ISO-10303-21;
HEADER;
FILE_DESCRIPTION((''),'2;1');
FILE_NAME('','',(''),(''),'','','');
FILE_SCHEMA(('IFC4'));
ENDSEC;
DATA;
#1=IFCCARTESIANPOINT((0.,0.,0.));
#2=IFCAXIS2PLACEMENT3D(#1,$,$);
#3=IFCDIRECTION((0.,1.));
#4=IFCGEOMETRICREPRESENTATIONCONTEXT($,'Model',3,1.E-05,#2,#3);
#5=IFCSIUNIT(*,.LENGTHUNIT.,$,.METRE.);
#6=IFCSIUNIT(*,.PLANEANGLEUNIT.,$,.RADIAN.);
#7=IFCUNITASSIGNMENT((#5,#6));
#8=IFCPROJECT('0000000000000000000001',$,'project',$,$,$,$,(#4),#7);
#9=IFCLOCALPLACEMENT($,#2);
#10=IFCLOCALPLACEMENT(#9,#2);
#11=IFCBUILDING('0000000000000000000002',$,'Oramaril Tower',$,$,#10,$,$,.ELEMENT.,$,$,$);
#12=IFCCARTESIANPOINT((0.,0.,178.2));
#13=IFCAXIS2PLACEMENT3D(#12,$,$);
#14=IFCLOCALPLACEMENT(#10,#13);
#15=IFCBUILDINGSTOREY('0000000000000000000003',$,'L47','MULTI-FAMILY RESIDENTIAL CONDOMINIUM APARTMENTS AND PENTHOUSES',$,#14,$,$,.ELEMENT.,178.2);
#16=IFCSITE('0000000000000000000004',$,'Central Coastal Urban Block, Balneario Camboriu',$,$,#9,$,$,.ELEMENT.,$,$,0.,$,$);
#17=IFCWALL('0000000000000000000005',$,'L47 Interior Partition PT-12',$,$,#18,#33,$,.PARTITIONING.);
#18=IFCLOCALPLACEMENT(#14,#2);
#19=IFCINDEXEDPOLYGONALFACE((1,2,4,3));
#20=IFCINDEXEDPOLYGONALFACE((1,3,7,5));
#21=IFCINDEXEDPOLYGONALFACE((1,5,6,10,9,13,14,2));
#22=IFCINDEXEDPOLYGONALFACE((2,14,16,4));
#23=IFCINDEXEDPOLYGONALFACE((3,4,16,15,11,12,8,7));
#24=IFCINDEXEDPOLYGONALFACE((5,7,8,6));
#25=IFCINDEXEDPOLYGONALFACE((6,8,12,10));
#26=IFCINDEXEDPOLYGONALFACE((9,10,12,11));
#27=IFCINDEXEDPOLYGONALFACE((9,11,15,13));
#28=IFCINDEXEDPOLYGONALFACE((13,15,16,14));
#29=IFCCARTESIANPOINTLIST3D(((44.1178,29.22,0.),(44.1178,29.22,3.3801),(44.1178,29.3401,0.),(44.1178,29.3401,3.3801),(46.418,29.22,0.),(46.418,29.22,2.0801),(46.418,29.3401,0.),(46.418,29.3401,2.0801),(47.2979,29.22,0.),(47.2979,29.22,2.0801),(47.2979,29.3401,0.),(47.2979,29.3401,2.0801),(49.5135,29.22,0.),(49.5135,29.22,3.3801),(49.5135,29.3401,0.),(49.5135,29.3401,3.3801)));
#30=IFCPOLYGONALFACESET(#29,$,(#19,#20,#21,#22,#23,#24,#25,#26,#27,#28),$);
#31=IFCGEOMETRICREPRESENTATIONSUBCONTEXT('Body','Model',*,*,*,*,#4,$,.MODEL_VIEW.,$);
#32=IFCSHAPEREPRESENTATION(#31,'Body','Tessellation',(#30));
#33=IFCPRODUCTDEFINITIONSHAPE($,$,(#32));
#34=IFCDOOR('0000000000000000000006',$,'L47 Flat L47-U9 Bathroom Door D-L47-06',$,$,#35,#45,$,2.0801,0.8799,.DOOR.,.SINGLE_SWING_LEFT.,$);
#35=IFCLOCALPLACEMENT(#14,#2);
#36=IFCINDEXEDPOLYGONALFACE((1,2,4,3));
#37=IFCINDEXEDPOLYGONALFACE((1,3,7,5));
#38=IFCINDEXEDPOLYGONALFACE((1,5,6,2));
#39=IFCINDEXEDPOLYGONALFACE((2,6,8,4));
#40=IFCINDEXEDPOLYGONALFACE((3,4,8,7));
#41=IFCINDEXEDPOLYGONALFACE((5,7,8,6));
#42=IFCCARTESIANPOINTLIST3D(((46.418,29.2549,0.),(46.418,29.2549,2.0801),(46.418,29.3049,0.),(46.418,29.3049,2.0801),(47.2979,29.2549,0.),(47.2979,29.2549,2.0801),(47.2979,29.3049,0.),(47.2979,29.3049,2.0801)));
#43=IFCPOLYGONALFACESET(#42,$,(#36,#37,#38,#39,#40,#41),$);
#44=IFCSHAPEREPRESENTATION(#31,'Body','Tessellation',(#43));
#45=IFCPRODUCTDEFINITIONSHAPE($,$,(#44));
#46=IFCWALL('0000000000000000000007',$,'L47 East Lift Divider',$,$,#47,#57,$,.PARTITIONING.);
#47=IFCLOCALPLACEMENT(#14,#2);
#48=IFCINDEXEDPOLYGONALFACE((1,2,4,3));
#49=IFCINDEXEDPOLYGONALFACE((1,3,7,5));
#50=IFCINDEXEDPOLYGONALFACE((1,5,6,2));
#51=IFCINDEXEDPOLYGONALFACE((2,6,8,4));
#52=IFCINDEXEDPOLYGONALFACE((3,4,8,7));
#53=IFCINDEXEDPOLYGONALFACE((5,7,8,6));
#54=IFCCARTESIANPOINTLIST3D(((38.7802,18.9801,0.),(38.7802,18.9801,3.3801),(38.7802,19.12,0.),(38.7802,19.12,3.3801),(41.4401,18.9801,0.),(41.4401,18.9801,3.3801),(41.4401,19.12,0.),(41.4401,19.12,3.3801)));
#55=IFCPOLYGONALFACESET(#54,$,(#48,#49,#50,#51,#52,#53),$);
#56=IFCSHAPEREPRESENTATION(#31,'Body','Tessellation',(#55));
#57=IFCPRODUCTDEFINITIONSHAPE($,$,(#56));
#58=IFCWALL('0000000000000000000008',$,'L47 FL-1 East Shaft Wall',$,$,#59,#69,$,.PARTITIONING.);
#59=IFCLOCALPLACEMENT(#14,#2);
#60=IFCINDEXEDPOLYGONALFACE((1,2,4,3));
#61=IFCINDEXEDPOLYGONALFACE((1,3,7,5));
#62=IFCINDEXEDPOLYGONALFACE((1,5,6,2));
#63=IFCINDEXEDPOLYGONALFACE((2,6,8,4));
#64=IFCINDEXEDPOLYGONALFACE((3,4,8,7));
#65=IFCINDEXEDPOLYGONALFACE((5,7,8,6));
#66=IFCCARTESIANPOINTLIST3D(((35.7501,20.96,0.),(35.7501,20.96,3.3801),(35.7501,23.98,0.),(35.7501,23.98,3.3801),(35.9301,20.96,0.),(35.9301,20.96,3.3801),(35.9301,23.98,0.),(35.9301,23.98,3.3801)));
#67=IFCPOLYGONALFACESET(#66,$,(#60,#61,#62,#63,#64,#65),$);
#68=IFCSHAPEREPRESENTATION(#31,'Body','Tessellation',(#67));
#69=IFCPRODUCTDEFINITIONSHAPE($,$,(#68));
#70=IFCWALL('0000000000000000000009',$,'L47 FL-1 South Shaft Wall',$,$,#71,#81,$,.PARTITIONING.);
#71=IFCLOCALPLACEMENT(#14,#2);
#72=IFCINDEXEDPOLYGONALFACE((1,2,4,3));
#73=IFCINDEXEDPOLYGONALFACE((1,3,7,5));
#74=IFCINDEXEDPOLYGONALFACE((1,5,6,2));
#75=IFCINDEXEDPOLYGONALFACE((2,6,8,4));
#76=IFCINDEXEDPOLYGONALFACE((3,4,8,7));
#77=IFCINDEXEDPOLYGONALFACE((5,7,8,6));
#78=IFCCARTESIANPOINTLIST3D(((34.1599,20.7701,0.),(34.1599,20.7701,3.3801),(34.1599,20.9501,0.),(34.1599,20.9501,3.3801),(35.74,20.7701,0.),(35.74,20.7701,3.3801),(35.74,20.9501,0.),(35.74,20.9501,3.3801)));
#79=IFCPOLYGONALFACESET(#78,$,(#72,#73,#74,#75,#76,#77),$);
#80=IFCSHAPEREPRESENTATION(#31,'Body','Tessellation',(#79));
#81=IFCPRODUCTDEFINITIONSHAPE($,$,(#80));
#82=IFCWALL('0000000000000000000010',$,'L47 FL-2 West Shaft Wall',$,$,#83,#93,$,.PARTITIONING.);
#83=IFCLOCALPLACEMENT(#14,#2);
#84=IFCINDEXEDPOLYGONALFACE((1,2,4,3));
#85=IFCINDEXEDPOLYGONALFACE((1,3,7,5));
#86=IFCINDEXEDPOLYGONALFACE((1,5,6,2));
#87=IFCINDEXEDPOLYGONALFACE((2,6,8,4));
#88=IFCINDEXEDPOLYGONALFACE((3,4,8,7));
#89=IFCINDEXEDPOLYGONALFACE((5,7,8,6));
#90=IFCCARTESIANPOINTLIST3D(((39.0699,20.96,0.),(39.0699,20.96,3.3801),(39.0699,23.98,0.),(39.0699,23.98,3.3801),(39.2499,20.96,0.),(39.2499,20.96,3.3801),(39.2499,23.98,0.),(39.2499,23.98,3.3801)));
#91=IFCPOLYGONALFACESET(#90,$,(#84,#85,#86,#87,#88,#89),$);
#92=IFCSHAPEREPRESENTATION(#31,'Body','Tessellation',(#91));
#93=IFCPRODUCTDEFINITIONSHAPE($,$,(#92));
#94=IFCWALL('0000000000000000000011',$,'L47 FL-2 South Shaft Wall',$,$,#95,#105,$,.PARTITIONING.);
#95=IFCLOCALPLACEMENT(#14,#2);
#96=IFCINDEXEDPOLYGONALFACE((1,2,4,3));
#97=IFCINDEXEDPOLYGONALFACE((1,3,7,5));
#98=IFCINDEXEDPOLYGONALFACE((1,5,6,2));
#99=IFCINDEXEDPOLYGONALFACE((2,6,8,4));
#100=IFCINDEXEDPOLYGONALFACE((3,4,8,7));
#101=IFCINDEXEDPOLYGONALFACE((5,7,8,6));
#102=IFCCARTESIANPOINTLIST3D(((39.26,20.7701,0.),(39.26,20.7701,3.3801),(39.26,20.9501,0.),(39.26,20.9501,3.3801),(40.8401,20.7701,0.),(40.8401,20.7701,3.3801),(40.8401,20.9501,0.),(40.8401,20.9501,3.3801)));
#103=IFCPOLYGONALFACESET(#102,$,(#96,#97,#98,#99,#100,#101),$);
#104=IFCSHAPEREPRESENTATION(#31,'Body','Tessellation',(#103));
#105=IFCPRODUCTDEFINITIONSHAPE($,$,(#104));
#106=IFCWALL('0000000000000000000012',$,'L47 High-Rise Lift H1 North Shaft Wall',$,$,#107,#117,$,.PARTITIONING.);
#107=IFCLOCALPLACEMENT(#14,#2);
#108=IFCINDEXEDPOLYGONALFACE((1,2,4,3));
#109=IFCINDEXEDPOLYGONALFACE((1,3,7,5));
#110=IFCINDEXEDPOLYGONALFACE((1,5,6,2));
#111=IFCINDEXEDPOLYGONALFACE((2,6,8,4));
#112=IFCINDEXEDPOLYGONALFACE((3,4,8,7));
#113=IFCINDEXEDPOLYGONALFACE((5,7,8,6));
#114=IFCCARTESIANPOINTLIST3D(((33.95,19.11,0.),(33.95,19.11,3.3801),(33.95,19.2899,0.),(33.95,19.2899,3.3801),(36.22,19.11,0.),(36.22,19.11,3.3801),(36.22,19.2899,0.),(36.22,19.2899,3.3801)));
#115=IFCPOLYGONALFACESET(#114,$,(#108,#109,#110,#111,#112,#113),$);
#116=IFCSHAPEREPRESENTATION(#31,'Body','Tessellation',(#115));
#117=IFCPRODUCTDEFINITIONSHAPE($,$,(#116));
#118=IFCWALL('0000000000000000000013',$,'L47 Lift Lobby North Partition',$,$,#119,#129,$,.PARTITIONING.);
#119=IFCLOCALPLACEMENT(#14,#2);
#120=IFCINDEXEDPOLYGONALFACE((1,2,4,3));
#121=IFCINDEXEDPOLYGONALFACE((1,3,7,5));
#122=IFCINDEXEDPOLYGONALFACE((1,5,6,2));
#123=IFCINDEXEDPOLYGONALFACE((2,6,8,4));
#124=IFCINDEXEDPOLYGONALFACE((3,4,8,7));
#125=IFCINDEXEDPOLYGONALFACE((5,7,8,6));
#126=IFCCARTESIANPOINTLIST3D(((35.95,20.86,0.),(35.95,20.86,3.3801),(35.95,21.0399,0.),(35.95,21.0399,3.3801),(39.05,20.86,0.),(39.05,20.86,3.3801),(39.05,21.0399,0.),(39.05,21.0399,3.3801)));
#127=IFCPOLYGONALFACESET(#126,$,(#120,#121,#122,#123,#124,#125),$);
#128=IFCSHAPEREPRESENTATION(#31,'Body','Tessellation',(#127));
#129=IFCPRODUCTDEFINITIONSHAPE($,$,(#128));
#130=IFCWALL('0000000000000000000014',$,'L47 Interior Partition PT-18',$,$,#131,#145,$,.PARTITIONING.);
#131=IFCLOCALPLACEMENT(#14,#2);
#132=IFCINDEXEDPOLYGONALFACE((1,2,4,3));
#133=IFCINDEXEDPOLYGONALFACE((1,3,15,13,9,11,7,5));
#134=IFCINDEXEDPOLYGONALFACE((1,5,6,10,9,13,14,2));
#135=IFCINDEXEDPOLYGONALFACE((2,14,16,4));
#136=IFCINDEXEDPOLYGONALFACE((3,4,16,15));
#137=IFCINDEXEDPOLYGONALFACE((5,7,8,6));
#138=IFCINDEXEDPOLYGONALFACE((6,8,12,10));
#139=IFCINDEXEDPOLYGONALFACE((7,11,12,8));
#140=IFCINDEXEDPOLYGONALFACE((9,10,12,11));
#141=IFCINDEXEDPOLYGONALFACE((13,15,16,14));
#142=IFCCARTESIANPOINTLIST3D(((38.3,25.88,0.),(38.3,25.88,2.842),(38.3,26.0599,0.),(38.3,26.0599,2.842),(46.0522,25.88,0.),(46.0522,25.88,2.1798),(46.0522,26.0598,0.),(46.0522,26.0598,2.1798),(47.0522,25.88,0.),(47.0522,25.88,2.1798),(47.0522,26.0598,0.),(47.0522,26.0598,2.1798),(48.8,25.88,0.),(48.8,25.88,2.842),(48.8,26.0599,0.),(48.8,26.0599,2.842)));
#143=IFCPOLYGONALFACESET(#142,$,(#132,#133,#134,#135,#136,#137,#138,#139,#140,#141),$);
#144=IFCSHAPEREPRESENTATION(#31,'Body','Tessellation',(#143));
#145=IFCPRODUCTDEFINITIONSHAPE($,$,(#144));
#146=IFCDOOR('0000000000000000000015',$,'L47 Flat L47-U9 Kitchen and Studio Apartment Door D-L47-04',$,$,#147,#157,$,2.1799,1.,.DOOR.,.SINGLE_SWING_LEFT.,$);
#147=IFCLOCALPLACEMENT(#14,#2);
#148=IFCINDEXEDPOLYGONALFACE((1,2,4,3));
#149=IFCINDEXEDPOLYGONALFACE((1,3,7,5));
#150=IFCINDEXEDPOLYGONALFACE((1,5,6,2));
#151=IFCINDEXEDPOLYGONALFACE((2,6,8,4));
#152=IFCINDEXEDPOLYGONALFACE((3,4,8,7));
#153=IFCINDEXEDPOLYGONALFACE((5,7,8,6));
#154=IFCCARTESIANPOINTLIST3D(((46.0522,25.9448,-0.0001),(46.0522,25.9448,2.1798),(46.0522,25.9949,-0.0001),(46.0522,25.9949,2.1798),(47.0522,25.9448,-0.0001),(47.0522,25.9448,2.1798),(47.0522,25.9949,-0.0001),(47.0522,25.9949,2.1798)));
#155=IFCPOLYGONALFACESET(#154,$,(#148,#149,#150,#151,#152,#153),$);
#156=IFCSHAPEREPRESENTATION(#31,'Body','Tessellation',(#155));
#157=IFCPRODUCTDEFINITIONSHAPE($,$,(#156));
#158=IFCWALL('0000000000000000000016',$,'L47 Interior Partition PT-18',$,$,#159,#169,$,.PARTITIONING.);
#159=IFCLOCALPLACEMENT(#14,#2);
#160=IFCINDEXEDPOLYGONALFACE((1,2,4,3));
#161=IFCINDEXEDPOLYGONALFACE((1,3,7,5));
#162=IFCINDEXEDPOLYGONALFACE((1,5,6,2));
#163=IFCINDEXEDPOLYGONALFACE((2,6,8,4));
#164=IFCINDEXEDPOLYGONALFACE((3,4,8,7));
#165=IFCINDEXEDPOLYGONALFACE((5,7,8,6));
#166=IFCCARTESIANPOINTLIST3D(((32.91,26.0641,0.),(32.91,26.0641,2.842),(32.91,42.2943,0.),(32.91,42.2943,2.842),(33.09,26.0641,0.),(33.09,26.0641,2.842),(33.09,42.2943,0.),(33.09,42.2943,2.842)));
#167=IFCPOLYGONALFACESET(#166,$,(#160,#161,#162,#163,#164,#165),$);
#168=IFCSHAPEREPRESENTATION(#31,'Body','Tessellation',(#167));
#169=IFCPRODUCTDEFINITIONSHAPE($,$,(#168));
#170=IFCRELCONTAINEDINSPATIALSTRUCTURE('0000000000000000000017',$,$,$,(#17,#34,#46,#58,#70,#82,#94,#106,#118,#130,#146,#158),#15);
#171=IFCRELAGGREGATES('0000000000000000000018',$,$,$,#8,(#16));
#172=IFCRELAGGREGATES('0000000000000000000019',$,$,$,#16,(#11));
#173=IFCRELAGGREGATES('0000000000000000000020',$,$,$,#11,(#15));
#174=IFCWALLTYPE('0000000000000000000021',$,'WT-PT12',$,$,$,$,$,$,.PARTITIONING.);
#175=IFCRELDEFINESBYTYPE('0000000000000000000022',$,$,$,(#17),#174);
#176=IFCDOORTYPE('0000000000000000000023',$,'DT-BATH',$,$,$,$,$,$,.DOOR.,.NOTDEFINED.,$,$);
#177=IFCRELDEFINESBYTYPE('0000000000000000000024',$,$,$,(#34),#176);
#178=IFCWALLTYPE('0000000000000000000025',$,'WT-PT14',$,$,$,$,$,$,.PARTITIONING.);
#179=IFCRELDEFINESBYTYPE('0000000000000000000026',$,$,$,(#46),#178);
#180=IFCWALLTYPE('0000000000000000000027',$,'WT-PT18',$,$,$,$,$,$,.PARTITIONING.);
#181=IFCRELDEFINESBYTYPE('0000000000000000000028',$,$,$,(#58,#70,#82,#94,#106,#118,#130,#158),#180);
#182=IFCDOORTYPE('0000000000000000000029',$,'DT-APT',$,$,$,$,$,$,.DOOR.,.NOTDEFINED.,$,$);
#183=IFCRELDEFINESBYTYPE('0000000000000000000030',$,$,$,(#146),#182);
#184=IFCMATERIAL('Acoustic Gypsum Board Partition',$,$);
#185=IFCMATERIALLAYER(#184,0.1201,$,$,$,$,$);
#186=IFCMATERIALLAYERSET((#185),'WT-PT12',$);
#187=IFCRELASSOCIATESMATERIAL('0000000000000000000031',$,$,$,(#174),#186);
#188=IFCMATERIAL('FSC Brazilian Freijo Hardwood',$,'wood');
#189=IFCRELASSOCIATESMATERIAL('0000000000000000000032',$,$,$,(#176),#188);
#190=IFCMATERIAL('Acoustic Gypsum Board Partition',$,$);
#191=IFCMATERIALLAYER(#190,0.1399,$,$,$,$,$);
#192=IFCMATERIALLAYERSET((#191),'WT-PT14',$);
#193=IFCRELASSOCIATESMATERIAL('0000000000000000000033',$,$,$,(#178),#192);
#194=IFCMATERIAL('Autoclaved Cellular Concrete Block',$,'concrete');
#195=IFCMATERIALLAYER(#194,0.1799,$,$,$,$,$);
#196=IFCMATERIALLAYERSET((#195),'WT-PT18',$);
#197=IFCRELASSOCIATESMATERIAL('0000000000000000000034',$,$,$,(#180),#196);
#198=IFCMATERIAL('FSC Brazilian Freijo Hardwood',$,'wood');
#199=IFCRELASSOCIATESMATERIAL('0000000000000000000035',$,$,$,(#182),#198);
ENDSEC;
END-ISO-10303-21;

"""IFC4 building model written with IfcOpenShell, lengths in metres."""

from ifc_helpers import new_model, si_unit, direction, frame, frame_2d, origin, place, context, subcontext, project, spatial, rectangle, extrude, material, layer, layer_set, type_object, element, fill, save


model = new_model("IFC4")

# Units and contexts
model_context = context("Model", 3, precision=1e-05, world=origin(), true_north=direction((0.0, 1.0)))
body_context = subcontext(model_context, "Body", "Model", "MODEL_VIEW")
ifc_project = project(units=[si_unit("LENGTHUNIT", "METRE"), si_unit("PLANEANGLEUNIT", "RADIAN")], contexts=[model_context])

# Site, building, storey
site_placement = place(None, origin())
site = spatial("IfcSite", under=ifc_project, at=site_placement, Name="Central Coastal Urban Block, Balneario Camboriu", CompositionType="ELEMENT", RefElevation=0.0)
building_placement = place(site_placement, origin())
building = spatial("IfcBuilding", under=site, at=building_placement, Name="Oramaril Tower", CompositionType="ELEMENT")
storey_placement = place(building_placement, frame((0.0, 0.0, 178.2)))
storey = spatial("IfcBuildingStorey", under=building, at=storey_placement, Name="L47", Description="MULTI-FAMILY RESIDENTIAL CONDOMINIUM APARTMENTS AND PENTHOUSES", CompositionType="ELEMENT", Elevation=178.2)

# Wall, opening, door
ifc_material_1 = material(Name="Acoustic Gypsum Board Partition")
ifc_layer_1 = layer(ifc_material_1, 0.1201)
ifc_layer_set_1 = layer_set([ifc_layer_1], Name="WT-PT12")
wall_type_1 = type_object("IfcWallType", Name="WT-PT12", PredefinedType="PARTITIONING", material=ifc_layer_set_1)
wall_1_placement = place(storey_placement, frame((44.1179, 29.28, 0.0), z_axis=(0.0, 0.0, 1.0), x_axis=(1.0, 0.0, 0.0)))
wall_1 = element("IfcWall", 1, at=wall_1_placement, inside=storey, type_object=wall_type_1, Name="L47 Interior Partition PT-12", PredefinedType="PARTITIONING", context=body_context, shape_type="SweptSolid", body=[
    extrude(rectangle(XDim=5.3958, YDim=0.1201, at=frame_2d((2.6978, 0.0))), origin(), (0.0, 0.0, 1.0), 3.3801),
])
opening_1_placement = place(wall_1_placement, frame((2.3, 0.0, 0.0)))
opening_1 = element("IfcOpeningElement", 2, at=opening_1_placement, cuts=wall_1, PredefinedType="OPENING", context=body_context, shape_type="SweptSolid", body=[
    extrude(rectangle(XDim=0.8799, YDim=2.0801, at=frame_2d((0.4399, 1.04))), frame((0.0, 0.0601, 0.0), z_axis=(0.0, -1.0, 0.0), x_axis=(1.0, 0.0, 0.0)), (0.0, 0.0, 1.0), 0.1201),
])
ifc_material_2 = material(Name="FSC Brazilian Freijo Hardwood", Category="wood")
door_type_1 = type_object("IfcDoorType", Name="DT-BATH", OperationType="NOTDEFINED", PredefinedType="DOOR", material=ifc_material_2)
door_1_placement = place(opening_1_placement, origin())
door_1 = element("IfcDoor", 3, at=door_1_placement, inside=storey, type_object=door_type_1, Name="L47 Flat L47-U9 Bathroom Door D-L47-06", OperationType="SINGLE_SWING_LEFT", OverallHeight=2.0801, OverallWidth=0.8799, PredefinedType="DOOR", context=body_context, shape_type="SweptSolid", body=[
    extrude(rectangle(XDim=0.8799, YDim=2.0801, at=frame_2d((0.4399, 1.04))), frame((0.0, 0.0249, 0.0), z_axis=(0.0, -1.0, 0.0), x_axis=(1.0, 0.0, 0.0)), (0.0, 0.0, 1.0), 0.05),
])
fill(opening_1, door_1)

# Walls
ifc_material_3 = material(Name="Acoustic Gypsum Board Partition")
ifc_layer_2 = layer(ifc_material_3, 0.1399)
ifc_layer_set_2 = layer_set([ifc_layer_2], Name="WT-PT14")
wall_type_2 = type_object("IfcWallType", Name="WT-PT14", PredefinedType="PARTITIONING", material=ifc_layer_set_2)
wall_2_placement = place(storey_placement, frame((38.78, 19.05, 0.0), z_axis=(0.0, 0.0, 1.0), x_axis=(1.0, 0.0, 0.0)))
element("IfcWall", 4, at=wall_2_placement, inside=storey, type_object=wall_type_2, Name="L47 East Lift Divider", PredefinedType="PARTITIONING", context=body_context, shape_type="SweptSolid", body=[
    extrude(rectangle(XDim=2.6599, YDim=0.1399, at=frame_2d((1.3301, 0.0))), origin(), (0.0, 0.0, 1.0), 3.3801),
])
ifc_material_4 = material(Name="Autoclaved Cellular Concrete Block", Category="concrete")
ifc_layer_3 = layer(ifc_material_4, 0.1799)
ifc_layer_set_3 = layer_set([ifc_layer_3], Name="WT-PT18")
wall_type_3 = type_object("IfcWallType", Name="WT-PT18", PredefinedType="PARTITIONING", material=ifc_layer_set_3)
wall_3_placement = place(storey_placement, frame((35.8401, 20.96, 0.0), z_axis=(0.0, 0.0, 1.0), x_axis=(0.0, 1.0, 0.0)))
element("IfcWall", 5, at=wall_3_placement, inside=storey, type_object=wall_type_3, Name="L47 FL-1 East Shaft Wall", PredefinedType="PARTITIONING", context=body_context, shape_type="SweptSolid", body=[
    extrude(rectangle(XDim=3.02, YDim=0.1799, at=frame_2d((1.51, 0.0))), origin(), (0.0, 0.0, 1.0), 3.3801),
])
wall_4_placement = place(storey_placement, frame((34.1599, 20.8601, 0.0), z_axis=(0.0, 0.0, 1.0), x_axis=(1.0, 0.0, 0.0)))
element("IfcWall", 6, at=wall_4_placement, inside=storey, type_object=wall_type_3, Name="L47 FL-1 South Shaft Wall", PredefinedType="PARTITIONING", context=body_context, shape_type="SweptSolid", body=[
    extrude(rectangle(XDim=1.5801, YDim=0.1799, at=frame_2d((0.79, 0.0))), origin(), (0.0, 0.0, 1.0), 3.3801),
])
wall_5_placement = place(storey_placement, frame((39.1599, 20.96, 0.0), z_axis=(0.0, 0.0, 1.0), x_axis=(0.0, 1.0, 0.0)))
element("IfcWall", 7, at=wall_5_placement, inside=storey, type_object=wall_type_3, Name="L47 FL-2 West Shaft Wall", PredefinedType="PARTITIONING", context=body_context, shape_type="SweptSolid", body=[
    extrude(rectangle(XDim=3.02, YDim=0.1799, at=frame_2d((1.51, 0.0))), origin(), (0.0, 0.0, 1.0), 3.3801),
])
wall_6_placement = place(storey_placement, frame((39.26, 20.8601, 0.0), z_axis=(0.0, 0.0, 1.0), x_axis=(1.0, 0.0, 0.0)))
element("IfcWall", 8, at=wall_6_placement, inside=storey, type_object=wall_type_3, Name="L47 FL-2 South Shaft Wall", PredefinedType="PARTITIONING", context=body_context, shape_type="SweptSolid", body=[
    extrude(rectangle(XDim=1.5801, YDim=0.1799, at=frame_2d((0.79, 0.0))), origin(), (0.0, 0.0, 1.0), 3.3801),
])
wall_7_placement = place(storey_placement, frame((33.95, 19.2, 0.0), z_axis=(0.0, 0.0, 1.0), x_axis=(1.0, 0.0, 0.0)))
element("IfcWall", 9, at=wall_7_placement, inside=storey, type_object=wall_type_3, Name="L47 High-Rise Lift H1 North Shaft Wall", PredefinedType="PARTITIONING", context=body_context, shape_type="SweptSolid", body=[
    extrude(rectangle(XDim=2.27, YDim=0.1799, at=frame_2d((1.135, 0.0))), origin(), (0.0, 0.0, 1.0), 3.3801),
])
wall_8_placement = place(storey_placement, frame((35.95, 20.95, 0.0), z_axis=(0.0, 0.0, 1.0), x_axis=(1.0, 0.0, 0.0)))
element("IfcWall", 10, at=wall_8_placement, inside=storey, type_object=wall_type_3, Name="L47 Lift Lobby North Partition", PredefinedType="PARTITIONING", context=body_context, shape_type="SweptSolid", body=[
    extrude(rectangle(XDim=3.1001, YDim=0.1799, at=frame_2d((1.55, 0.0))), origin(), (0.0, 0.0, 1.0), 3.3801),
])

# Wall, opening, door
wall_9_placement = place(storey_placement, frame((38.3, 25.97, 0.0), z_axis=(0.0, 0.0, 1.0), x_axis=(1.0, 0.0, 0.0)))
wall_9 = element("IfcWall", 11, at=wall_9_placement, inside=storey, type_object=wall_type_3, Name="L47 Interior Partition PT-18", PredefinedType="PARTITIONING", context=body_context, shape_type="SweptSolid", body=[
    extrude(rectangle(XDim=10.5, YDim=0.1799, at=frame_2d((5.25, 0.0))), origin(), (0.0, 0.0, 1.0), 2.842),
])
opening_2_placement = place(wall_9_placement, frame((7.7522, 0.0, 0.0)))
opening_2 = element("IfcOpeningElement", 12, at=opening_2_placement, cuts=wall_9, PredefinedType="OPENING", context=body_context, shape_type="SweptSolid", body=[
    extrude(rectangle(XDim=1.0, YDim=2.1799, at=frame_2d((0.5, 1.0898))), frame((0.0, 0.0898, 0.0), z_axis=(0.0, -1.0, 0.0), x_axis=(1.0, 0.0, 0.0)), (0.0, 0.0, 1.0), 0.1799),
])
ifc_material_5 = material(Name="FSC Brazilian Freijo Hardwood", Category="wood")
door_type_2 = type_object("IfcDoorType", Name="DT-APT", OperationType="NOTDEFINED", PredefinedType="DOOR", material=ifc_material_5)
door_2_placement = place(opening_2_placement, origin())
door_2 = element("IfcDoor", 13, at=door_2_placement, inside=storey, type_object=door_type_2, Name="L47 Flat L47-U9 Kitchen and Studio Apartment Door D-L47-04", OperationType="SINGLE_SWING_LEFT", OverallHeight=2.1799, OverallWidth=1.0, PredefinedType="DOOR", context=body_context, shape_type="SweptSolid", body=[
    extrude(rectangle(XDim=1.0, YDim=2.1799, at=frame_2d((0.5, 1.0898))), frame((0.0, 0.0249, 0.0), z_axis=(0.0, -1.0, 0.0), x_axis=(1.0, 0.0, 0.0)), (0.0, 0.0, 1.0), 0.05),
])
fill(opening_2, door_2)

# Wall
wall_10_placement = place(storey_placement, frame((33.0, 26.064, 0.0), z_axis=(0.0, 0.0, 1.0), x_axis=(0.0, 1.0, 0.0)))
element("IfcWall", 14, at=wall_10_placement, inside=storey, type_object=wall_type_3, Name="L47 Interior Partition PT-18", PredefinedType="PARTITIONING", context=body_context, shape_type="SweptSolid", body=[
    extrude(rectangle(XDim=16.2302, YDim=0.1799, at=frame_2d((8.1152, 0.0))), origin(), (0.0, 0.0, 1.0), 2.842),
])

save(model, "model.ifc")
